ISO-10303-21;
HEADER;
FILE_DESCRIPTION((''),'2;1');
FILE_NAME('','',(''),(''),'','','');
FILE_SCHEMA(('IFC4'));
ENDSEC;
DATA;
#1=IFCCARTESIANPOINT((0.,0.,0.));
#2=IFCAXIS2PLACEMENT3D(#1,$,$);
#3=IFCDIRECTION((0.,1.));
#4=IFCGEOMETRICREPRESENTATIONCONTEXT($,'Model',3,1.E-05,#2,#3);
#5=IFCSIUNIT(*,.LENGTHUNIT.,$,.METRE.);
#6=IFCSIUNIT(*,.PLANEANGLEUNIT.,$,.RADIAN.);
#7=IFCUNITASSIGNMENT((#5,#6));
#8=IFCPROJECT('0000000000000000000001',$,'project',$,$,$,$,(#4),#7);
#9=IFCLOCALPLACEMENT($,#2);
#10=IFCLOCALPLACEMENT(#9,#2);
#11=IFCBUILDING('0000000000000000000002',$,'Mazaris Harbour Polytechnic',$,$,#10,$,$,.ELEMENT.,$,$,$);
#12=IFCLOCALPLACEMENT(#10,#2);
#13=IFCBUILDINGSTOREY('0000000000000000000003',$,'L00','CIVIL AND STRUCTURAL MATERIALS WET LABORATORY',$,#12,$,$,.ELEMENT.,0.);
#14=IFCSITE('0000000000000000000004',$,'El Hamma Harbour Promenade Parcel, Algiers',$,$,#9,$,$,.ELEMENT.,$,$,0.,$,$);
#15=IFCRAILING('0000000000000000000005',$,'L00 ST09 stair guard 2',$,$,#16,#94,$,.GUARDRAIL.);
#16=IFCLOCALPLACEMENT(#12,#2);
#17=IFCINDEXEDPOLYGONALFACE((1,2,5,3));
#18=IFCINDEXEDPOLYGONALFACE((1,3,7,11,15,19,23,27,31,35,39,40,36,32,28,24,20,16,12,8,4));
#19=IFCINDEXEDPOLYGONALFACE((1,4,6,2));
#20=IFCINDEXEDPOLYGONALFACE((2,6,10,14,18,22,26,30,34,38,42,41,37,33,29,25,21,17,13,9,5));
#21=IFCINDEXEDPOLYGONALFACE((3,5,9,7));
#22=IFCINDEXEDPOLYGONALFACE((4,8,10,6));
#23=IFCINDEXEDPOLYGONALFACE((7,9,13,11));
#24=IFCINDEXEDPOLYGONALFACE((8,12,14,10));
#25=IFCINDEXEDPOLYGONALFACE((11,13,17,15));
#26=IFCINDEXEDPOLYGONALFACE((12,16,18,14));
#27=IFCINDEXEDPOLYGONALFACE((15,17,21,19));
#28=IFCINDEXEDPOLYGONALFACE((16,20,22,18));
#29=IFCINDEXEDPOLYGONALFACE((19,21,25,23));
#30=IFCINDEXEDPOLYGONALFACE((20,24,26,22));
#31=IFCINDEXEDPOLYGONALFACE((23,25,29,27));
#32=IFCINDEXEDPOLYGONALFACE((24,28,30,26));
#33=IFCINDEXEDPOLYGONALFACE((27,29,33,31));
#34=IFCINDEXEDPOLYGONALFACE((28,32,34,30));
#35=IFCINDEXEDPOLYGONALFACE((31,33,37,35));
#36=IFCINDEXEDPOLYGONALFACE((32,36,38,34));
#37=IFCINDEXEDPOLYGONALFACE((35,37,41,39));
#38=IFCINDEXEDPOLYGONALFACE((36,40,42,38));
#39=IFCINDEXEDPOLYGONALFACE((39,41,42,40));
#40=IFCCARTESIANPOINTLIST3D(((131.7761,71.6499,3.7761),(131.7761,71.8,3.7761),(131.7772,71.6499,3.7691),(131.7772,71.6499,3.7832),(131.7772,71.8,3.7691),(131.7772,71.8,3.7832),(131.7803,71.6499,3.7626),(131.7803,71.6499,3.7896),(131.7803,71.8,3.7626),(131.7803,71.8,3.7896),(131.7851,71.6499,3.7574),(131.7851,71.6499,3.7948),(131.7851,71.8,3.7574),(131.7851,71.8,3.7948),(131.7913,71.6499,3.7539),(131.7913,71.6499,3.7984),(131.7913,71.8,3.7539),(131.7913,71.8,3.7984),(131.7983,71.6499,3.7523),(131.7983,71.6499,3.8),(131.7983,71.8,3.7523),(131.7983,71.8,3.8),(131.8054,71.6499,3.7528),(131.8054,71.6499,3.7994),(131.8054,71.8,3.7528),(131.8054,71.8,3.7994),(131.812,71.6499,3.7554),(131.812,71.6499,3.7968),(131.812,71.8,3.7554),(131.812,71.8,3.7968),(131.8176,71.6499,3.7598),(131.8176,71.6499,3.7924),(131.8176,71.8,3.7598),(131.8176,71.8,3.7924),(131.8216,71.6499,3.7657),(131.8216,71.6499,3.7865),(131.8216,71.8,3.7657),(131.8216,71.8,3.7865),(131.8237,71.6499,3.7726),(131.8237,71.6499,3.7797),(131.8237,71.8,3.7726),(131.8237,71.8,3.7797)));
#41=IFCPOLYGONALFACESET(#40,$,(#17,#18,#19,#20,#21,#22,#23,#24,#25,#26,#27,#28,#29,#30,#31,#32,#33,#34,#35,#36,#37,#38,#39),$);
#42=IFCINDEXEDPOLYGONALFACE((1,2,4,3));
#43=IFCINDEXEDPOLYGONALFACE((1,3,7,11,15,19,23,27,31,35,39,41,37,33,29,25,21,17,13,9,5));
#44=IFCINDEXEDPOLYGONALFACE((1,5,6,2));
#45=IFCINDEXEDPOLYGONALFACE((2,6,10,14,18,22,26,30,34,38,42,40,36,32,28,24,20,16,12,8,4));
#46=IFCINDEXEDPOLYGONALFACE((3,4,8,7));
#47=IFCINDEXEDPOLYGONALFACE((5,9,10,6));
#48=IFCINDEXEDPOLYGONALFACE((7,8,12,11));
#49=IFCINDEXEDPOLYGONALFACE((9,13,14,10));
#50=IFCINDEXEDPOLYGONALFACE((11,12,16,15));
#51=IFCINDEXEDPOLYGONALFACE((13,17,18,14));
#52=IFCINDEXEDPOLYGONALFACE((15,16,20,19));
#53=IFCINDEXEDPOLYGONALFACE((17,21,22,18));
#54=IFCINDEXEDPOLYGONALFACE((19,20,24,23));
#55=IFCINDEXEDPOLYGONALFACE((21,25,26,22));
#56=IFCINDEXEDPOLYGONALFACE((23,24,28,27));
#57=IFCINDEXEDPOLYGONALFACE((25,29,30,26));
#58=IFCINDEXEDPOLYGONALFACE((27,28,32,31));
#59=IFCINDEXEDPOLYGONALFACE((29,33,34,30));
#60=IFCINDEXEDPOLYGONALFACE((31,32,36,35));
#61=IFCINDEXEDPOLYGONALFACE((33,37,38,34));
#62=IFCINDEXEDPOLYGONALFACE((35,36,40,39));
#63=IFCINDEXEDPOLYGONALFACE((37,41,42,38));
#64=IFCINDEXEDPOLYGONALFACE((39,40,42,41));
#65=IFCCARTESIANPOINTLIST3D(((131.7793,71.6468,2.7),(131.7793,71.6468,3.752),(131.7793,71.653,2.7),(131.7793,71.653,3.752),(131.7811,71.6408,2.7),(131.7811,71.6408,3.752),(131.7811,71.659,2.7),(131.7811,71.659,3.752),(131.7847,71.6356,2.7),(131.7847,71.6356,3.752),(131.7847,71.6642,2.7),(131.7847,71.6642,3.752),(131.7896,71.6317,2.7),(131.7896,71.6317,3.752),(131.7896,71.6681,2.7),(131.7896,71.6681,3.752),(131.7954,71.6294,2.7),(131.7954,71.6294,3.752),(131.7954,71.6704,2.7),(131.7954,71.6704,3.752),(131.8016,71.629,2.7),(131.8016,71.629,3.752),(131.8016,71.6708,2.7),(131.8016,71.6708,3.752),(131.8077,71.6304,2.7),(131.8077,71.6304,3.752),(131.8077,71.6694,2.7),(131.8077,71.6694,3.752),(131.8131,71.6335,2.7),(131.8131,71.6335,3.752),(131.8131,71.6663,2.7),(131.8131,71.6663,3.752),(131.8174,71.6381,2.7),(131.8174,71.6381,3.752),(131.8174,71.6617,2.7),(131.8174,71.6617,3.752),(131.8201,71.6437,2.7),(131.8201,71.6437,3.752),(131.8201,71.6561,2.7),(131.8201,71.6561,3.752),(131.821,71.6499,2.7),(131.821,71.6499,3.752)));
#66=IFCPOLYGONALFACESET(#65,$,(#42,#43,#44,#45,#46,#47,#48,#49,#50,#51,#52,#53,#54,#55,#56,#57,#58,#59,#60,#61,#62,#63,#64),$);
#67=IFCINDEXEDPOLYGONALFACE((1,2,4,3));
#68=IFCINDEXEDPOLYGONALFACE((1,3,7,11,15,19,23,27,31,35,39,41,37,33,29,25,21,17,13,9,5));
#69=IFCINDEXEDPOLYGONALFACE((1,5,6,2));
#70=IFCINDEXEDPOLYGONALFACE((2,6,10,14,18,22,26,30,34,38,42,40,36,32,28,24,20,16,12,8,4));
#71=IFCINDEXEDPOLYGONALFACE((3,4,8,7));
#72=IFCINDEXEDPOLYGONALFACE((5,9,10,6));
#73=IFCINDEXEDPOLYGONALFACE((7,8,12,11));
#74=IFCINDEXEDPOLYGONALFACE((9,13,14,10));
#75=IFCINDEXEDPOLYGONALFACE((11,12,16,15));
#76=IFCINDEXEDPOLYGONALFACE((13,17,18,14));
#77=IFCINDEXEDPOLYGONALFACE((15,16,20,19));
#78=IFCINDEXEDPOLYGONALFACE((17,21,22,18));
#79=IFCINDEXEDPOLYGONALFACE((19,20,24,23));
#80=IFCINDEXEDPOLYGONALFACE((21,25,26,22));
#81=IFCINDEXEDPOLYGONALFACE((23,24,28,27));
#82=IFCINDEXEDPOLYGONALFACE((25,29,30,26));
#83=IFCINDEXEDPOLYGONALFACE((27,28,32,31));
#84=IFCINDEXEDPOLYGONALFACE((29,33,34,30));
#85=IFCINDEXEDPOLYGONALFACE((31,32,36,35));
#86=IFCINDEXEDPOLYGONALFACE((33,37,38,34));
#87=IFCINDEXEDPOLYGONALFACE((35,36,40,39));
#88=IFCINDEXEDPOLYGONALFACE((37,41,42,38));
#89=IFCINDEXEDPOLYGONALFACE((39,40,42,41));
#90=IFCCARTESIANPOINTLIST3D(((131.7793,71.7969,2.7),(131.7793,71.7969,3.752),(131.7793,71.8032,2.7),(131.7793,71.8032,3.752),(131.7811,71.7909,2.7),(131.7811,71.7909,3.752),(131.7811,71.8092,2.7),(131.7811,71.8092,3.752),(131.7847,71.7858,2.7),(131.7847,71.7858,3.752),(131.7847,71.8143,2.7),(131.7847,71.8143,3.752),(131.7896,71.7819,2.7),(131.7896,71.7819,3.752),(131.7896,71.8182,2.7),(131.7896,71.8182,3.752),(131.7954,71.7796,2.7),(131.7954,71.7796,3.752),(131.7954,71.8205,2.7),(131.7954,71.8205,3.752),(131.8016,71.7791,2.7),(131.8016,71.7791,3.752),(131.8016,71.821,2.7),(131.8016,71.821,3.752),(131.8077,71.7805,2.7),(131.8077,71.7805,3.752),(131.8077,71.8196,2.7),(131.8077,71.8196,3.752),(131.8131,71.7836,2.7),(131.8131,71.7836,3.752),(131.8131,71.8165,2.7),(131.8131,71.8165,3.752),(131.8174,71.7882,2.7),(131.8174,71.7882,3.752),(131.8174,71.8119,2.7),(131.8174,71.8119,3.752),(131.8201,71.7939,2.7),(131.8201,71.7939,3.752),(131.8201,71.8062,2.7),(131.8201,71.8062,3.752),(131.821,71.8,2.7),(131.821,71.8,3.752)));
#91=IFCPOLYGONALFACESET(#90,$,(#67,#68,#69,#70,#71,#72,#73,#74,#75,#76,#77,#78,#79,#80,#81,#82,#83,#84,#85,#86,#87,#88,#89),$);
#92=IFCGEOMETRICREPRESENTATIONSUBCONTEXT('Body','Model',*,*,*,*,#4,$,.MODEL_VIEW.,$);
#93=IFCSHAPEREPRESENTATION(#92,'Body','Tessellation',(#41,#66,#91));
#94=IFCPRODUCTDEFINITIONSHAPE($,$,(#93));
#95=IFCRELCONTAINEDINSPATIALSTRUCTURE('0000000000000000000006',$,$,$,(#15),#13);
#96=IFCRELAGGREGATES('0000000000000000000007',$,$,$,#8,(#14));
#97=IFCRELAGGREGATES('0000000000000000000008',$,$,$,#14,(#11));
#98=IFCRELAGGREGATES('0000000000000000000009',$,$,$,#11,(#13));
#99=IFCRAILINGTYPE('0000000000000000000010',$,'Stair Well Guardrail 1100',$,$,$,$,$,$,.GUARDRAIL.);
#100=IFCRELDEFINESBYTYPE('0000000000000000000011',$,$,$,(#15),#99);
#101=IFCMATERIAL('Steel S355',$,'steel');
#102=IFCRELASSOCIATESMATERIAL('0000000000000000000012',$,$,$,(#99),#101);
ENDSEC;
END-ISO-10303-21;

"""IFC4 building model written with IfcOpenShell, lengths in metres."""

from ifc_helpers import new_model, si_unit, direction, frame, origin, origin_2d, place, context, subcontext, project, spatial, circle, extrude, material, type_object, element, save


model = new_model("IFC4")

# Units and contexts
model_context = context("Model", 3, precision=1e-05, world=origin(), true_north=direction((0.0, 1.0)))
body_context = subcontext(model_context, "Body", "Model", "MODEL_VIEW")
ifc_project = project(units=[si_unit("LENGTHUNIT", "METRE"), si_unit("PLANEANGLEUNIT", "RADIAN")], contexts=[model_context])

# Site, building, storey
site_placement = place(None, origin())
site = spatial("IfcSite", under=ifc_project, at=site_placement, Name="El Hamma Harbour Promenade Parcel, Algiers", CompositionType="ELEMENT", RefElevation=0.0)
building_placement = place(site_placement, origin())
building = spatial("IfcBuilding", under=site, at=building_placement, Name="Mazaris Harbour Polytechnic", CompositionType="ELEMENT")
storey_placement = place(building_placement, origin())
storey = spatial("IfcBuildingStorey", under=building, at=storey_placement, Name="L00", Description="CIVIL AND STRUCTURAL MATERIALS WET LABORATORY", CompositionType="ELEMENT", Elevation=0.0)

# Railing
ifc_material_1 = material(Name="Steel S355", Category="steel")
railing_type_1 = type_object("IfcRailingType", Name="Stair Well Guardrail 1100", PredefinedType="GUARDRAIL", material=ifc_material_1)
railing_1_placement = place(storey_placement, frame((131.8, 71.6499, 2.7)))
element("IfcRailing", 1, at=railing_1_placement, inside=storey, type_object=railing_type_1, Name="L00 ST09 stair guard 2", PredefinedType="GUARDRAIL", context=body_context, shape_type="SweptSolid", body=[
    extrude(circle(Radius=0.0239, at=origin_2d()), frame((0.0, 0.0, 1.0762), z_axis=(0.0, 1.0, 0.0), x_axis=(-1.0, 0.0, 0.0)), (0.0, 0.0, 1.0), 0.1501),
    extrude(circle(Radius=0.021, at=origin_2d()), origin(), (0.0, 0.0, 1.0), 1.052),
    extrude(circle(Radius=0.021, at=origin_2d()), frame((0.0, 0.1501, 0.0)), (0.0, 0.0, 1.0), 1.052),
])

save(model, "model.ifc")
